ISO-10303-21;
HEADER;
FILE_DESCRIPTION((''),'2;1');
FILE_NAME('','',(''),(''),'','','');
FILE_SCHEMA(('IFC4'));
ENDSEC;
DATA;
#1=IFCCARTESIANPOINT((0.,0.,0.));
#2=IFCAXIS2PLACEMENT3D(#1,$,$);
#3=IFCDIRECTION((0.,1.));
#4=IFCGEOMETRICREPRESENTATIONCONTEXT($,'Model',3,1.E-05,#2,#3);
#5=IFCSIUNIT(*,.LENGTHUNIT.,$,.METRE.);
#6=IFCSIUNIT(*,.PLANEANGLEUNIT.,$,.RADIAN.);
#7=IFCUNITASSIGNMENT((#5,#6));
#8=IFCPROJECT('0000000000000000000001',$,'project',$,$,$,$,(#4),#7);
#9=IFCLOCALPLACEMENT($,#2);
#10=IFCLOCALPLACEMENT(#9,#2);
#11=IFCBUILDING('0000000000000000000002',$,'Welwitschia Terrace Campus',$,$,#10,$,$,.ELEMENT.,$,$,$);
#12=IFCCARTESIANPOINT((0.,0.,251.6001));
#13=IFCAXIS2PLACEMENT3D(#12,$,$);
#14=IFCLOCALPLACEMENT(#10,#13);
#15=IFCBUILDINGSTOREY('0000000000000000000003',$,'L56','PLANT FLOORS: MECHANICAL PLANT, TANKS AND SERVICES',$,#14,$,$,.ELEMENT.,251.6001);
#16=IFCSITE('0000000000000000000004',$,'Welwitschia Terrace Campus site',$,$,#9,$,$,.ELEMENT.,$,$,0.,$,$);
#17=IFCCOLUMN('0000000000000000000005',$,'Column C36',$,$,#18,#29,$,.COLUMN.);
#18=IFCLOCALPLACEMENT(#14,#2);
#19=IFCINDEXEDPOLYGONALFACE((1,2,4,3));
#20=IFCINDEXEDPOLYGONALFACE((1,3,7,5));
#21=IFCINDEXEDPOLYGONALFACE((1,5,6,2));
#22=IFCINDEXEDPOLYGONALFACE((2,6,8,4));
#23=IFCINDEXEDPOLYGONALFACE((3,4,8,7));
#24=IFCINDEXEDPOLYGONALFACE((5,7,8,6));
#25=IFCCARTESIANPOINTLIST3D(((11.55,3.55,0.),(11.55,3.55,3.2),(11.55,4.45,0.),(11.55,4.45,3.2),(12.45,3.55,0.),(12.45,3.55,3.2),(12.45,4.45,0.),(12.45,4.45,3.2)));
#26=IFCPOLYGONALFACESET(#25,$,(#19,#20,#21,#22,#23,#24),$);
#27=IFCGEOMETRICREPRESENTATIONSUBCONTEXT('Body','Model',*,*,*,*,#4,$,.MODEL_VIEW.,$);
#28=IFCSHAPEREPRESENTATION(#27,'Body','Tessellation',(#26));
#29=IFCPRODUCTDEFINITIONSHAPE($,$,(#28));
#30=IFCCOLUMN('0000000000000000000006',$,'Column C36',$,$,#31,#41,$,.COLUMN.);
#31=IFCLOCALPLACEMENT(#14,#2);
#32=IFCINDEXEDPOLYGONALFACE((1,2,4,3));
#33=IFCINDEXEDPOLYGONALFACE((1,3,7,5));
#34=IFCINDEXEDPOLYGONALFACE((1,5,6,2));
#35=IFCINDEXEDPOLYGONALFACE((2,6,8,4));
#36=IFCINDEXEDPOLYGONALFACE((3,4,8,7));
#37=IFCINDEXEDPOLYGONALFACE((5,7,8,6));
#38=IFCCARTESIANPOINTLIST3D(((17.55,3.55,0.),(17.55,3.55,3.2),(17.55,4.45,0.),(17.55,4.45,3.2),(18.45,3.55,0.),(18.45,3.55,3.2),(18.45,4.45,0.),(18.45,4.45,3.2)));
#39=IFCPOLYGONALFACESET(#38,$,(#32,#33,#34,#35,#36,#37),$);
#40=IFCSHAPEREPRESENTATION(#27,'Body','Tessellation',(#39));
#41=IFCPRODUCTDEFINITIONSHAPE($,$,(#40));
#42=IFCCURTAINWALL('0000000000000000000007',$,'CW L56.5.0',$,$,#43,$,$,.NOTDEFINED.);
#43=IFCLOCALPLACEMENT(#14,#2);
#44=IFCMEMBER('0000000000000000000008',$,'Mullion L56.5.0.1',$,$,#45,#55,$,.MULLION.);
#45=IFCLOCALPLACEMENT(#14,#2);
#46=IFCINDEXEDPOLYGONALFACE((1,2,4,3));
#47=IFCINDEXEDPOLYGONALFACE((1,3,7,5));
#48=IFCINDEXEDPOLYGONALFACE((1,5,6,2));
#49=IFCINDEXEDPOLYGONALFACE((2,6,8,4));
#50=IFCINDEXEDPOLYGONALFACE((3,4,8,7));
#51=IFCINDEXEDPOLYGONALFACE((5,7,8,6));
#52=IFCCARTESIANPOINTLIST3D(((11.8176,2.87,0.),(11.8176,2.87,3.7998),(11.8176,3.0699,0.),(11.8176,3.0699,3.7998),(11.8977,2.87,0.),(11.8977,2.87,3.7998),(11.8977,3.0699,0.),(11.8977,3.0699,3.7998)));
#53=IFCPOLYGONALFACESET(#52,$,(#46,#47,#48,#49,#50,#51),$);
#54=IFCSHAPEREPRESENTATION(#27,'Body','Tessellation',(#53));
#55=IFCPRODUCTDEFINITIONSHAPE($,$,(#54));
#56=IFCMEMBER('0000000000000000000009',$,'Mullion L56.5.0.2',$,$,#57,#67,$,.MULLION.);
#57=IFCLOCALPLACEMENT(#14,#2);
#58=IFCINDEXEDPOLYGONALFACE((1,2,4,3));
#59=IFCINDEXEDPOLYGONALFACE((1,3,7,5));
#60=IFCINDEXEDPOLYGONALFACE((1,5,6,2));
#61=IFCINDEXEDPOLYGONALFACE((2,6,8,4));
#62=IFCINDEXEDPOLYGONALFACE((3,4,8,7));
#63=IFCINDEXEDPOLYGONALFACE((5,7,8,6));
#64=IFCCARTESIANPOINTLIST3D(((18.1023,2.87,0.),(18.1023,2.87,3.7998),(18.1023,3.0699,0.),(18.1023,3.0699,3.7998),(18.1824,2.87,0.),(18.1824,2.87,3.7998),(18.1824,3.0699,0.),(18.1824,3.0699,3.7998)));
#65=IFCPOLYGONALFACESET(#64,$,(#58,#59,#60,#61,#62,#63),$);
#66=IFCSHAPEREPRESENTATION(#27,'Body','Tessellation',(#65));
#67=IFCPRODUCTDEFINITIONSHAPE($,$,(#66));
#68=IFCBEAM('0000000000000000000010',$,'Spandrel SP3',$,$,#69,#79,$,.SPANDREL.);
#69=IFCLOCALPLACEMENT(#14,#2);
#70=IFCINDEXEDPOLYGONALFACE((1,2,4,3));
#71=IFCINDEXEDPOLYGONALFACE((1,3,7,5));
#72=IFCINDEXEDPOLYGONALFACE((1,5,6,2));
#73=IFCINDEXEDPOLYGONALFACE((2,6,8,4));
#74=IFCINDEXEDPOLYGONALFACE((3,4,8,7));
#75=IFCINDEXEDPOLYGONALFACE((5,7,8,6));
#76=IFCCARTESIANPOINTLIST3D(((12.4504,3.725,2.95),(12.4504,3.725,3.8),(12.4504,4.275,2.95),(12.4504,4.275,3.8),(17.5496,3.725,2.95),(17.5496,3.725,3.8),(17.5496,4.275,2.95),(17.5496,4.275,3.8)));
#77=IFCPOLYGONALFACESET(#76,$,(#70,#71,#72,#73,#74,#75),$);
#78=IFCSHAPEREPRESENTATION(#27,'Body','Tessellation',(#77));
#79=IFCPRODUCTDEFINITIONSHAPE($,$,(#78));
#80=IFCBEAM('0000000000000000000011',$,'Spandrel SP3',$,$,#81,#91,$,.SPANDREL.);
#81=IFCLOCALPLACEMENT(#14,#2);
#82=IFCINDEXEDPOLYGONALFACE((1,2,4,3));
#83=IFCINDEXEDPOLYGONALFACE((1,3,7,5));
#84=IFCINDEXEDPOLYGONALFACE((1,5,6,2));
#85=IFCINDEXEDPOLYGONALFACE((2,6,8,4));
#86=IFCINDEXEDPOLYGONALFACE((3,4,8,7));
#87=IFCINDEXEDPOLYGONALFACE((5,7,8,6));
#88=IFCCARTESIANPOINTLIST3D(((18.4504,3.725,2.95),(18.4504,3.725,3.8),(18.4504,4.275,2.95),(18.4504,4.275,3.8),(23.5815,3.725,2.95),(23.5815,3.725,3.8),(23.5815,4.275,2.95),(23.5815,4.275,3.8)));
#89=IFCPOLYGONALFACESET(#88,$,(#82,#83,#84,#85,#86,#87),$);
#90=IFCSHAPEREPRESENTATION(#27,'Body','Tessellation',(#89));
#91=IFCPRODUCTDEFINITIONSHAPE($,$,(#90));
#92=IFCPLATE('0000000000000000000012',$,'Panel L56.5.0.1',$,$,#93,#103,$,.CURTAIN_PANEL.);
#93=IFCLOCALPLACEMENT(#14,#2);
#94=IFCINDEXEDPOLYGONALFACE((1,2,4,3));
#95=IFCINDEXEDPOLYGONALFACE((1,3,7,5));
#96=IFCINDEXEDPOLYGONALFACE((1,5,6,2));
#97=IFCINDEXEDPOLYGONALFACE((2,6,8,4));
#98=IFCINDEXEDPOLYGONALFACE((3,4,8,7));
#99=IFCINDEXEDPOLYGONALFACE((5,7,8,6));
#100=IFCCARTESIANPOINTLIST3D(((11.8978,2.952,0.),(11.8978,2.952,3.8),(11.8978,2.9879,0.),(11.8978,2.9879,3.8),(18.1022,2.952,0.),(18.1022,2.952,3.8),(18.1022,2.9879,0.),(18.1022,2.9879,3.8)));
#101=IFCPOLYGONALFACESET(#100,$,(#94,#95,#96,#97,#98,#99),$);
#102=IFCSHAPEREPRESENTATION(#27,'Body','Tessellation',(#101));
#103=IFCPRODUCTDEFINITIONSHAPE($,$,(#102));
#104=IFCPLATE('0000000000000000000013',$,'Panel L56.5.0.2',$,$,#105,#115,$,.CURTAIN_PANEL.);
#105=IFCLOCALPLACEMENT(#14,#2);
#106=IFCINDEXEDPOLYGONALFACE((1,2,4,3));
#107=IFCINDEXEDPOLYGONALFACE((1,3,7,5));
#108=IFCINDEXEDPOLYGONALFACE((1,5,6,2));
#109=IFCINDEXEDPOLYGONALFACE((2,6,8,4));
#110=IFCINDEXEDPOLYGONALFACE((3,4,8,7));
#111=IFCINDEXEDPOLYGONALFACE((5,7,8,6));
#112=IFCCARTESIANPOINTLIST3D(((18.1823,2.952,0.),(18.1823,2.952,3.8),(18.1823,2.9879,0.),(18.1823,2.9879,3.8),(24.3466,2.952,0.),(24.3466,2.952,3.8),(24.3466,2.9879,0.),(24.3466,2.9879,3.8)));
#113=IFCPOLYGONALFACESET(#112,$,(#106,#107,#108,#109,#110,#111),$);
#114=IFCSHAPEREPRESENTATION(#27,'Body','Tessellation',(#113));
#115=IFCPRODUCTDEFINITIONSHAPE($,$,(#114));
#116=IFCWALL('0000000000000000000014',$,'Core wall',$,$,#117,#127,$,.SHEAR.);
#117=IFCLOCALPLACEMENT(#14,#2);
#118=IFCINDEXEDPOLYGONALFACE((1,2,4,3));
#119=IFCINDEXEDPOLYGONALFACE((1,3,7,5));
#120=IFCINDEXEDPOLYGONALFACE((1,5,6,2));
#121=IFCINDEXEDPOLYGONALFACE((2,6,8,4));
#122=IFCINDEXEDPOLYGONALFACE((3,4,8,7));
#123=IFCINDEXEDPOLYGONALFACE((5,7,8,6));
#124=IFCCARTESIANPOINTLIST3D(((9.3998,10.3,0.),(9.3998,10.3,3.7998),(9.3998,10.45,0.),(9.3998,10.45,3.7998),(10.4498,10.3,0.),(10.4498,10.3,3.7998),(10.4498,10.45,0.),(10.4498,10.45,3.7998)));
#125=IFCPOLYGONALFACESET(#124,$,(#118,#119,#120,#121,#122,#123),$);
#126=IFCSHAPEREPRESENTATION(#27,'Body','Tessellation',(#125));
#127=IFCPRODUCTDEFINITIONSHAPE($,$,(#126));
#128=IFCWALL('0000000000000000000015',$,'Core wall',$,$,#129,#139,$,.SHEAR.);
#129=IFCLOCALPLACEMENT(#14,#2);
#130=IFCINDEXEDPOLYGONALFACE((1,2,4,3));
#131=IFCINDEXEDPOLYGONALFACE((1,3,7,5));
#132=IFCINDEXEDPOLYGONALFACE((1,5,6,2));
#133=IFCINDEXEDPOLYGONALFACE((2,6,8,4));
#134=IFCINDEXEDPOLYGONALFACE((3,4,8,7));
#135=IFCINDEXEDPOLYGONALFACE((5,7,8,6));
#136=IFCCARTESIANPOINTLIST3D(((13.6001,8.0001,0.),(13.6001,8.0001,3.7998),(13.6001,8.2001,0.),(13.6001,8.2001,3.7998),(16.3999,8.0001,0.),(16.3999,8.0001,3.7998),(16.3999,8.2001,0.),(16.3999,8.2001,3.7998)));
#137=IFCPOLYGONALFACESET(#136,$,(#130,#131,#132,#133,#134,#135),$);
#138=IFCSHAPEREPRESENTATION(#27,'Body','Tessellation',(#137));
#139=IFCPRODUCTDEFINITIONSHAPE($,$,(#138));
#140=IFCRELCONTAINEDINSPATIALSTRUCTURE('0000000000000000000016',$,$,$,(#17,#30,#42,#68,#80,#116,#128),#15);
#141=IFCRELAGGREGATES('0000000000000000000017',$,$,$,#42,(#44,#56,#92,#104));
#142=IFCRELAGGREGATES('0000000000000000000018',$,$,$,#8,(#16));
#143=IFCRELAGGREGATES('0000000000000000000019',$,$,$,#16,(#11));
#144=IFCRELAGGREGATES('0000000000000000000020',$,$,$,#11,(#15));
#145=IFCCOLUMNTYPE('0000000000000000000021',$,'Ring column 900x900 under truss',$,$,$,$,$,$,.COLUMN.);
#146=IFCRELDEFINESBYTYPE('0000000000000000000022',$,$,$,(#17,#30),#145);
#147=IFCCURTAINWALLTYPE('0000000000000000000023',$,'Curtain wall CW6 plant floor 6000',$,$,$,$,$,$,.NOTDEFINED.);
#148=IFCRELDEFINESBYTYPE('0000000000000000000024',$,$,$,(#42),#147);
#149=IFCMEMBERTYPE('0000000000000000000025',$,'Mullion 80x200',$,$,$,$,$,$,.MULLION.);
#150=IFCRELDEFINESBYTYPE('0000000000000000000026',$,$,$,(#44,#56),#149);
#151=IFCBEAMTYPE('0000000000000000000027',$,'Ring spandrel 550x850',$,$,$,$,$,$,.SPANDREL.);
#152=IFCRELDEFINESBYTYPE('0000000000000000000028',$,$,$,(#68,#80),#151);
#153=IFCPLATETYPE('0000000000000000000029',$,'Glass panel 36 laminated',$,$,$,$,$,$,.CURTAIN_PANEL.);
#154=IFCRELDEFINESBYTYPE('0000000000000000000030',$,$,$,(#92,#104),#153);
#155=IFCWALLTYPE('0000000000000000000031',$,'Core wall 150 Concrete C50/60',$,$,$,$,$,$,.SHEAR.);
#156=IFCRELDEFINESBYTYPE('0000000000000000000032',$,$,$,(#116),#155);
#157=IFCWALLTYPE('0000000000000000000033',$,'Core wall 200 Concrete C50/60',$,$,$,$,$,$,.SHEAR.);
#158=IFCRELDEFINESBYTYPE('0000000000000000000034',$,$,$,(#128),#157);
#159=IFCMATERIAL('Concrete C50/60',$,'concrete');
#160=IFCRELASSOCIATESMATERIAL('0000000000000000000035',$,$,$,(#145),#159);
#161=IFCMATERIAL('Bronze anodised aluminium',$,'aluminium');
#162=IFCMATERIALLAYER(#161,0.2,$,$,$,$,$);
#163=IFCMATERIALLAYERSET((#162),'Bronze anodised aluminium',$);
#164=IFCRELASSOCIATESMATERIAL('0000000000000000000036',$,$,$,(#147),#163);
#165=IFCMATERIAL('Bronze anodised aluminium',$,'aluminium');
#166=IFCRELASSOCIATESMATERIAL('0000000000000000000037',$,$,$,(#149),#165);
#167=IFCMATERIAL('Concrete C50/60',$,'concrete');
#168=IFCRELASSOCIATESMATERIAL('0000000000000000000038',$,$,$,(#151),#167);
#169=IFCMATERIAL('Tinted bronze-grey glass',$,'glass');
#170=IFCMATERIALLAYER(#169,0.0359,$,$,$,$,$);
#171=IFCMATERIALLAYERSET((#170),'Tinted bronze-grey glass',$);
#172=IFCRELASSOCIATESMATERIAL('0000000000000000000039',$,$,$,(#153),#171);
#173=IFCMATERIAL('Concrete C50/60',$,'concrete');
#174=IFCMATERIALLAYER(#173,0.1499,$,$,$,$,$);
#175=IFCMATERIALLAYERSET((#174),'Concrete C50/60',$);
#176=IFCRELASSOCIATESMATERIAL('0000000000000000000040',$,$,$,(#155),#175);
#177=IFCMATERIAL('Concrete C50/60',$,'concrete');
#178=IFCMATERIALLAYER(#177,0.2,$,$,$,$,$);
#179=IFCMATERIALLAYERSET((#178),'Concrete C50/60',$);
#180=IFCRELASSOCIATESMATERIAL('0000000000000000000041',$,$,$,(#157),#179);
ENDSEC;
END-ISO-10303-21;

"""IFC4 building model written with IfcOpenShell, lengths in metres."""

from ifc_helpers import new_model, si_unit, direction, frame, frame_2d, origin, origin_2d, place, context, subcontext, project, spatial, rectangle, extrude, material, layer, layer_set, material_profile, profile_set, type_object, element, aggregate, save


model = new_model("IFC4")

# Units and contexts
model_context = context("Model", 3, precision=1e-05, world=origin(), true_north=direction((0.0, 1.0)))
body_context = subcontext(model_context, "Body", "Model", "MODEL_VIEW")
ifc_project = project(units=[si_unit("LENGTHUNIT", "METRE"), si_unit("PLANEANGLEUNIT", "RADIAN")], contexts=[model_context])

# Site, building, storey
site_placement = place(None, origin())
site = spatial("IfcSite", under=ifc_project, at=site_placement, Name="Welwitschia Terrace Campus site", CompositionType="ELEMENT", RefElevation=0.0)
building_placement = place(site_placement, origin())
building = spatial("IfcBuilding", under=site, at=building_placement, Name="Welwitschia Terrace Campus", CompositionType="ELEMENT")
storey_placement = place(building_placement, frame((0.0, 0.0, 251.6001)))
storey = spatial("IfcBuildingStorey", under=building, at=storey_placement, Name="L56", Description="PLANT FLOORS: MECHANICAL PLANT, TANKS AND SERVICES", CompositionType="ELEMENT", Elevation=251.6001)

# Columns
ifc_material_1 = material(Name="Concrete C50/60", Category="concrete")
ifc_material_profile_1 = material_profile(ifc_material_1, rectangle(XDim=0.8999, YDim=0.8999, at=origin_2d()))
ifc_profile_set_1 = profile_set([ifc_material_profile_1], Name="Concrete C50/60")
column_type = type_object("IfcColumnType", Name="Ring column 900x900 under truss", PredefinedType="COLUMN", material=ifc_profile_set_1)
for number, where, z_axis, x_axis, name in (
    (1, (12.0, 4.0, 0.0), (0.0, 0.0, 1.0), (1.0, 0.0, 0.0), "Column C36"),
    (2, (18.0, 4.0, 0.0), (0.0, 0.0, 1.0), (1.0, 0.0, 0.0), "Column C36"),
):
    element("IfcColumn", number, at=place(storey_placement, frame(where, z_axis=z_axis, x_axis=x_axis)), inside=storey, type_object=column_type, Name=name, PredefinedType="COLUMN", context=body_context, shape_type="SweptSolid", body=[
        extrude(rectangle(XDim=0.8999, YDim=0.8999, at=origin_2d()), origin(), (0.0, 0.0, 1.0), 3.2),
    ])

# Curtain wall, members
ifc_material_2 = material(Name="Bronze anodised aluminium", Category="aluminium")
ifc_layer_1 = layer(ifc_material_2, 0.2)
ifc_layer_set_1 = layer_set([ifc_layer_1], Name="Bronze anodised aluminium")
curtain_wall_type = type_object("IfcCurtainWallType", Name="Curtain wall CW6 plant floor 6000", PredefinedType="NOTDEFINED", material=ifc_layer_set_1)
curtain_wall_placement = place(storey_placement, origin())
curtain_wall = element("IfcCurtainWall", 3, at=curtain_wall_placement, inside=storey, type_object=curtain_wall_type, Name="CW L56.5.0", PredefinedType="NOTDEFINED")
ifc_material_3 = material(Name="Bronze anodised aluminium", Category="aluminium")
ifc_material_profile_2 = material_profile(ifc_material_3, rectangle(XDim=0.2, YDim=0.0801, at=origin_2d()))
ifc_profile_set_2 = profile_set([ifc_material_profile_2], Name="Bronze anodised aluminium")
member_type = type_object("IfcMemberType", Name="Mullion 80x200", PredefinedType="MULLION", material=ifc_profile_set_2)
member_1_placement = place(storey_placement, frame((11.8577, 2.97, 0.0), z_axis=(0.0, 0.0, 1.0), x_axis=(0.0, 1.0, 0.0)))
member_1 = element("IfcMember", 4, at=member_1_placement, type_object=member_type, Name="Mullion L56.5.0.1", PredefinedType="MULLION", context=body_context, shape_type="SweptSolid", body=[
    extrude(rectangle(XDim=0.2, YDim=0.0801, at=origin_2d()), origin(), (0.0, 0.0, 1.0), 3.7998),
])
member_2_placement = place(storey_placement, frame((18.1423, 2.97, 0.0), z_axis=(0.0, 0.0, 1.0), x_axis=(0.0, 1.0, 0.0)))
member_2 = element("IfcMember", 5, at=member_2_placement, type_object=member_type, Name="Mullion L56.5.0.2", PredefinedType="MULLION", context=body_context, shape_type="SweptSolid", body=[
    extrude(rectangle(XDim=0.2, YDim=0.0801, at=origin_2d()), origin(), (0.0, 0.0, 1.0), 3.7998),
])

# Beams
ifc_material_4 = material(Name="Concrete C50/60", Category="concrete")
ifc_material_profile_3 = material_profile(ifc_material_4, rectangle(XDim=0.55, YDim=0.8501, at=origin_2d()))
ifc_profile_set_3 = profile_set([ifc_material_profile_3], Name="Concrete C50/60")
beam_type = type_object("IfcBeamType", Name="Ring spandrel 550x850", PredefinedType="SPANDREL", material=ifc_profile_set_3)
beam_1_placement = place(storey_placement, frame((12.4504, 4.0, 3.375), z_axis=(1.0, 0.0, 0.0), x_axis=(0.0, 1.0, 0.0)))
element("IfcBeam", 6, at=beam_1_placement, inside=storey, type_object=beam_type, Name="Spandrel SP3", PredefinedType="SPANDREL", context=body_context, shape_type="SweptSolid", body=[
    extrude(rectangle(XDim=0.55, YDim=0.8501, at=origin_2d()), origin(), (0.0, 0.0, 1.0), 5.0991),
])
beam_2_placement = place(storey_placement, frame((18.4504, 4.0, 3.375), z_axis=(1.0, 0.0, 0.0), x_axis=(0.0, 1.0, 0.0)))
element("IfcBeam", 7, at=beam_2_placement, inside=storey, type_object=beam_type, Name="Spandrel SP3", PredefinedType="SPANDREL", context=body_context, shape_type="SweptSolid", body=[
    extrude(rectangle(XDim=0.55, YDim=0.8501, at=origin_2d()), origin(), (0.0, 0.0, 1.0), 5.1311),
])

# Plates
ifc_material_5 = material(Name="Tinted bronze-grey glass", Category="glass")
ifc_layer_2 = layer(ifc_material_5, 0.0359)
ifc_layer_set_2 = layer_set([ifc_layer_2], Name="Tinted bronze-grey glass")
plate_type = type_object("IfcPlateType", Name="Glass panel 36 laminated", PredefinedType="CURTAIN_PANEL", material=ifc_layer_set_2)
plate_1_placement = place(storey_placement, frame((15.0, 2.97, 0.0), z_axis=(0.0, 0.0, 1.0), x_axis=(1.0, 0.0, 0.0)))
plate_1 = element("IfcPlate", 8, at=plate_1_placement, type_object=plate_type, Name="Panel L56.5.0.1", PredefinedType="CURTAIN_PANEL", context=body_context, shape_type="SweptSolid", body=[
    extrude(rectangle(XDim=6.2043, YDim=0.0359, at=origin_2d()), origin(), (0.0, 0.0, 1.0), 3.8),
])
plate_2_placement = place(storey_placement, frame((21.2644, 2.97, 0.0), z_axis=(0.0, 0.0, 1.0), x_axis=(1.0, 0.0, 0.0)))
plate_2 = element("IfcPlate", 9, at=plate_2_placement, type_object=plate_type, Name="Panel L56.5.0.2", PredefinedType="CURTAIN_PANEL", context=body_context, shape_type="SweptSolid", body=[
    extrude(rectangle(XDim=6.1643, YDim=0.0359, at=origin_2d()), origin(), (0.0, 0.0, 1.0), 3.8),
])
aggregate(curtain_wall, [member_1, member_2, plate_1, plate_2])

# Walls
ifc_material_6 = material(Name="Concrete C50/60", Category="concrete")
ifc_layer_3 = layer(ifc_material_6, 0.1499)
ifc_layer_set_3 = layer_set([ifc_layer_3], Name="Concrete C50/60")
wall_type_1 = type_object("IfcWallType", Name="Core wall 150 Concrete C50/60", PredefinedType="SHEAR", material=ifc_layer_set_3)
wall_1_placement = place(storey_placement, frame((9.3999, 10.375, 0.0), z_axis=(0.0, 0.0, 1.0), x_axis=(1.0, 0.0, 0.0)))
element("IfcWall", 10, at=wall_1_placement, inside=storey, type_object=wall_type_1, Name="Core wall", PredefinedType="SHEAR", context=body_context, shape_type="SweptSolid", body=[
    extrude(rectangle(XDim=1.05, YDim=0.1499, at=frame_2d((0.5249, 0.0))), origin(), (0.0, 0.0, 1.0), 3.7998),
])
ifc_material_7 = material(Name="Concrete C50/60", Category="concrete")
ifc_layer_4 = layer(ifc_material_7, 0.2)
ifc_layer_set_4 = layer_set([ifc_layer_4], Name="Concrete C50/60")
wall_type_2 = type_object("IfcWallType", Name="Core wall 200 Concrete C50/60", PredefinedType="SHEAR", material=ifc_layer_set_4)
wall_2_placement = place(storey_placement, frame((13.6001, 8.1001, 0.0), z_axis=(0.0, 0.0, 1.0), x_axis=(1.0, 0.0, 0.0)))
element("IfcWall", 11, at=wall_2_placement, inside=storey, type_object=wall_type_2, Name="Core wall", PredefinedType="SHEAR", context=body_context, shape_type="SweptSolid", body=[
    extrude(rectangle(XDim=2.7998, YDim=0.2, at=frame_2d((1.3999, 0.0))), origin(), (0.0, 0.0, 1.0), 3.7998),
])

save(model, "model.ifc")
